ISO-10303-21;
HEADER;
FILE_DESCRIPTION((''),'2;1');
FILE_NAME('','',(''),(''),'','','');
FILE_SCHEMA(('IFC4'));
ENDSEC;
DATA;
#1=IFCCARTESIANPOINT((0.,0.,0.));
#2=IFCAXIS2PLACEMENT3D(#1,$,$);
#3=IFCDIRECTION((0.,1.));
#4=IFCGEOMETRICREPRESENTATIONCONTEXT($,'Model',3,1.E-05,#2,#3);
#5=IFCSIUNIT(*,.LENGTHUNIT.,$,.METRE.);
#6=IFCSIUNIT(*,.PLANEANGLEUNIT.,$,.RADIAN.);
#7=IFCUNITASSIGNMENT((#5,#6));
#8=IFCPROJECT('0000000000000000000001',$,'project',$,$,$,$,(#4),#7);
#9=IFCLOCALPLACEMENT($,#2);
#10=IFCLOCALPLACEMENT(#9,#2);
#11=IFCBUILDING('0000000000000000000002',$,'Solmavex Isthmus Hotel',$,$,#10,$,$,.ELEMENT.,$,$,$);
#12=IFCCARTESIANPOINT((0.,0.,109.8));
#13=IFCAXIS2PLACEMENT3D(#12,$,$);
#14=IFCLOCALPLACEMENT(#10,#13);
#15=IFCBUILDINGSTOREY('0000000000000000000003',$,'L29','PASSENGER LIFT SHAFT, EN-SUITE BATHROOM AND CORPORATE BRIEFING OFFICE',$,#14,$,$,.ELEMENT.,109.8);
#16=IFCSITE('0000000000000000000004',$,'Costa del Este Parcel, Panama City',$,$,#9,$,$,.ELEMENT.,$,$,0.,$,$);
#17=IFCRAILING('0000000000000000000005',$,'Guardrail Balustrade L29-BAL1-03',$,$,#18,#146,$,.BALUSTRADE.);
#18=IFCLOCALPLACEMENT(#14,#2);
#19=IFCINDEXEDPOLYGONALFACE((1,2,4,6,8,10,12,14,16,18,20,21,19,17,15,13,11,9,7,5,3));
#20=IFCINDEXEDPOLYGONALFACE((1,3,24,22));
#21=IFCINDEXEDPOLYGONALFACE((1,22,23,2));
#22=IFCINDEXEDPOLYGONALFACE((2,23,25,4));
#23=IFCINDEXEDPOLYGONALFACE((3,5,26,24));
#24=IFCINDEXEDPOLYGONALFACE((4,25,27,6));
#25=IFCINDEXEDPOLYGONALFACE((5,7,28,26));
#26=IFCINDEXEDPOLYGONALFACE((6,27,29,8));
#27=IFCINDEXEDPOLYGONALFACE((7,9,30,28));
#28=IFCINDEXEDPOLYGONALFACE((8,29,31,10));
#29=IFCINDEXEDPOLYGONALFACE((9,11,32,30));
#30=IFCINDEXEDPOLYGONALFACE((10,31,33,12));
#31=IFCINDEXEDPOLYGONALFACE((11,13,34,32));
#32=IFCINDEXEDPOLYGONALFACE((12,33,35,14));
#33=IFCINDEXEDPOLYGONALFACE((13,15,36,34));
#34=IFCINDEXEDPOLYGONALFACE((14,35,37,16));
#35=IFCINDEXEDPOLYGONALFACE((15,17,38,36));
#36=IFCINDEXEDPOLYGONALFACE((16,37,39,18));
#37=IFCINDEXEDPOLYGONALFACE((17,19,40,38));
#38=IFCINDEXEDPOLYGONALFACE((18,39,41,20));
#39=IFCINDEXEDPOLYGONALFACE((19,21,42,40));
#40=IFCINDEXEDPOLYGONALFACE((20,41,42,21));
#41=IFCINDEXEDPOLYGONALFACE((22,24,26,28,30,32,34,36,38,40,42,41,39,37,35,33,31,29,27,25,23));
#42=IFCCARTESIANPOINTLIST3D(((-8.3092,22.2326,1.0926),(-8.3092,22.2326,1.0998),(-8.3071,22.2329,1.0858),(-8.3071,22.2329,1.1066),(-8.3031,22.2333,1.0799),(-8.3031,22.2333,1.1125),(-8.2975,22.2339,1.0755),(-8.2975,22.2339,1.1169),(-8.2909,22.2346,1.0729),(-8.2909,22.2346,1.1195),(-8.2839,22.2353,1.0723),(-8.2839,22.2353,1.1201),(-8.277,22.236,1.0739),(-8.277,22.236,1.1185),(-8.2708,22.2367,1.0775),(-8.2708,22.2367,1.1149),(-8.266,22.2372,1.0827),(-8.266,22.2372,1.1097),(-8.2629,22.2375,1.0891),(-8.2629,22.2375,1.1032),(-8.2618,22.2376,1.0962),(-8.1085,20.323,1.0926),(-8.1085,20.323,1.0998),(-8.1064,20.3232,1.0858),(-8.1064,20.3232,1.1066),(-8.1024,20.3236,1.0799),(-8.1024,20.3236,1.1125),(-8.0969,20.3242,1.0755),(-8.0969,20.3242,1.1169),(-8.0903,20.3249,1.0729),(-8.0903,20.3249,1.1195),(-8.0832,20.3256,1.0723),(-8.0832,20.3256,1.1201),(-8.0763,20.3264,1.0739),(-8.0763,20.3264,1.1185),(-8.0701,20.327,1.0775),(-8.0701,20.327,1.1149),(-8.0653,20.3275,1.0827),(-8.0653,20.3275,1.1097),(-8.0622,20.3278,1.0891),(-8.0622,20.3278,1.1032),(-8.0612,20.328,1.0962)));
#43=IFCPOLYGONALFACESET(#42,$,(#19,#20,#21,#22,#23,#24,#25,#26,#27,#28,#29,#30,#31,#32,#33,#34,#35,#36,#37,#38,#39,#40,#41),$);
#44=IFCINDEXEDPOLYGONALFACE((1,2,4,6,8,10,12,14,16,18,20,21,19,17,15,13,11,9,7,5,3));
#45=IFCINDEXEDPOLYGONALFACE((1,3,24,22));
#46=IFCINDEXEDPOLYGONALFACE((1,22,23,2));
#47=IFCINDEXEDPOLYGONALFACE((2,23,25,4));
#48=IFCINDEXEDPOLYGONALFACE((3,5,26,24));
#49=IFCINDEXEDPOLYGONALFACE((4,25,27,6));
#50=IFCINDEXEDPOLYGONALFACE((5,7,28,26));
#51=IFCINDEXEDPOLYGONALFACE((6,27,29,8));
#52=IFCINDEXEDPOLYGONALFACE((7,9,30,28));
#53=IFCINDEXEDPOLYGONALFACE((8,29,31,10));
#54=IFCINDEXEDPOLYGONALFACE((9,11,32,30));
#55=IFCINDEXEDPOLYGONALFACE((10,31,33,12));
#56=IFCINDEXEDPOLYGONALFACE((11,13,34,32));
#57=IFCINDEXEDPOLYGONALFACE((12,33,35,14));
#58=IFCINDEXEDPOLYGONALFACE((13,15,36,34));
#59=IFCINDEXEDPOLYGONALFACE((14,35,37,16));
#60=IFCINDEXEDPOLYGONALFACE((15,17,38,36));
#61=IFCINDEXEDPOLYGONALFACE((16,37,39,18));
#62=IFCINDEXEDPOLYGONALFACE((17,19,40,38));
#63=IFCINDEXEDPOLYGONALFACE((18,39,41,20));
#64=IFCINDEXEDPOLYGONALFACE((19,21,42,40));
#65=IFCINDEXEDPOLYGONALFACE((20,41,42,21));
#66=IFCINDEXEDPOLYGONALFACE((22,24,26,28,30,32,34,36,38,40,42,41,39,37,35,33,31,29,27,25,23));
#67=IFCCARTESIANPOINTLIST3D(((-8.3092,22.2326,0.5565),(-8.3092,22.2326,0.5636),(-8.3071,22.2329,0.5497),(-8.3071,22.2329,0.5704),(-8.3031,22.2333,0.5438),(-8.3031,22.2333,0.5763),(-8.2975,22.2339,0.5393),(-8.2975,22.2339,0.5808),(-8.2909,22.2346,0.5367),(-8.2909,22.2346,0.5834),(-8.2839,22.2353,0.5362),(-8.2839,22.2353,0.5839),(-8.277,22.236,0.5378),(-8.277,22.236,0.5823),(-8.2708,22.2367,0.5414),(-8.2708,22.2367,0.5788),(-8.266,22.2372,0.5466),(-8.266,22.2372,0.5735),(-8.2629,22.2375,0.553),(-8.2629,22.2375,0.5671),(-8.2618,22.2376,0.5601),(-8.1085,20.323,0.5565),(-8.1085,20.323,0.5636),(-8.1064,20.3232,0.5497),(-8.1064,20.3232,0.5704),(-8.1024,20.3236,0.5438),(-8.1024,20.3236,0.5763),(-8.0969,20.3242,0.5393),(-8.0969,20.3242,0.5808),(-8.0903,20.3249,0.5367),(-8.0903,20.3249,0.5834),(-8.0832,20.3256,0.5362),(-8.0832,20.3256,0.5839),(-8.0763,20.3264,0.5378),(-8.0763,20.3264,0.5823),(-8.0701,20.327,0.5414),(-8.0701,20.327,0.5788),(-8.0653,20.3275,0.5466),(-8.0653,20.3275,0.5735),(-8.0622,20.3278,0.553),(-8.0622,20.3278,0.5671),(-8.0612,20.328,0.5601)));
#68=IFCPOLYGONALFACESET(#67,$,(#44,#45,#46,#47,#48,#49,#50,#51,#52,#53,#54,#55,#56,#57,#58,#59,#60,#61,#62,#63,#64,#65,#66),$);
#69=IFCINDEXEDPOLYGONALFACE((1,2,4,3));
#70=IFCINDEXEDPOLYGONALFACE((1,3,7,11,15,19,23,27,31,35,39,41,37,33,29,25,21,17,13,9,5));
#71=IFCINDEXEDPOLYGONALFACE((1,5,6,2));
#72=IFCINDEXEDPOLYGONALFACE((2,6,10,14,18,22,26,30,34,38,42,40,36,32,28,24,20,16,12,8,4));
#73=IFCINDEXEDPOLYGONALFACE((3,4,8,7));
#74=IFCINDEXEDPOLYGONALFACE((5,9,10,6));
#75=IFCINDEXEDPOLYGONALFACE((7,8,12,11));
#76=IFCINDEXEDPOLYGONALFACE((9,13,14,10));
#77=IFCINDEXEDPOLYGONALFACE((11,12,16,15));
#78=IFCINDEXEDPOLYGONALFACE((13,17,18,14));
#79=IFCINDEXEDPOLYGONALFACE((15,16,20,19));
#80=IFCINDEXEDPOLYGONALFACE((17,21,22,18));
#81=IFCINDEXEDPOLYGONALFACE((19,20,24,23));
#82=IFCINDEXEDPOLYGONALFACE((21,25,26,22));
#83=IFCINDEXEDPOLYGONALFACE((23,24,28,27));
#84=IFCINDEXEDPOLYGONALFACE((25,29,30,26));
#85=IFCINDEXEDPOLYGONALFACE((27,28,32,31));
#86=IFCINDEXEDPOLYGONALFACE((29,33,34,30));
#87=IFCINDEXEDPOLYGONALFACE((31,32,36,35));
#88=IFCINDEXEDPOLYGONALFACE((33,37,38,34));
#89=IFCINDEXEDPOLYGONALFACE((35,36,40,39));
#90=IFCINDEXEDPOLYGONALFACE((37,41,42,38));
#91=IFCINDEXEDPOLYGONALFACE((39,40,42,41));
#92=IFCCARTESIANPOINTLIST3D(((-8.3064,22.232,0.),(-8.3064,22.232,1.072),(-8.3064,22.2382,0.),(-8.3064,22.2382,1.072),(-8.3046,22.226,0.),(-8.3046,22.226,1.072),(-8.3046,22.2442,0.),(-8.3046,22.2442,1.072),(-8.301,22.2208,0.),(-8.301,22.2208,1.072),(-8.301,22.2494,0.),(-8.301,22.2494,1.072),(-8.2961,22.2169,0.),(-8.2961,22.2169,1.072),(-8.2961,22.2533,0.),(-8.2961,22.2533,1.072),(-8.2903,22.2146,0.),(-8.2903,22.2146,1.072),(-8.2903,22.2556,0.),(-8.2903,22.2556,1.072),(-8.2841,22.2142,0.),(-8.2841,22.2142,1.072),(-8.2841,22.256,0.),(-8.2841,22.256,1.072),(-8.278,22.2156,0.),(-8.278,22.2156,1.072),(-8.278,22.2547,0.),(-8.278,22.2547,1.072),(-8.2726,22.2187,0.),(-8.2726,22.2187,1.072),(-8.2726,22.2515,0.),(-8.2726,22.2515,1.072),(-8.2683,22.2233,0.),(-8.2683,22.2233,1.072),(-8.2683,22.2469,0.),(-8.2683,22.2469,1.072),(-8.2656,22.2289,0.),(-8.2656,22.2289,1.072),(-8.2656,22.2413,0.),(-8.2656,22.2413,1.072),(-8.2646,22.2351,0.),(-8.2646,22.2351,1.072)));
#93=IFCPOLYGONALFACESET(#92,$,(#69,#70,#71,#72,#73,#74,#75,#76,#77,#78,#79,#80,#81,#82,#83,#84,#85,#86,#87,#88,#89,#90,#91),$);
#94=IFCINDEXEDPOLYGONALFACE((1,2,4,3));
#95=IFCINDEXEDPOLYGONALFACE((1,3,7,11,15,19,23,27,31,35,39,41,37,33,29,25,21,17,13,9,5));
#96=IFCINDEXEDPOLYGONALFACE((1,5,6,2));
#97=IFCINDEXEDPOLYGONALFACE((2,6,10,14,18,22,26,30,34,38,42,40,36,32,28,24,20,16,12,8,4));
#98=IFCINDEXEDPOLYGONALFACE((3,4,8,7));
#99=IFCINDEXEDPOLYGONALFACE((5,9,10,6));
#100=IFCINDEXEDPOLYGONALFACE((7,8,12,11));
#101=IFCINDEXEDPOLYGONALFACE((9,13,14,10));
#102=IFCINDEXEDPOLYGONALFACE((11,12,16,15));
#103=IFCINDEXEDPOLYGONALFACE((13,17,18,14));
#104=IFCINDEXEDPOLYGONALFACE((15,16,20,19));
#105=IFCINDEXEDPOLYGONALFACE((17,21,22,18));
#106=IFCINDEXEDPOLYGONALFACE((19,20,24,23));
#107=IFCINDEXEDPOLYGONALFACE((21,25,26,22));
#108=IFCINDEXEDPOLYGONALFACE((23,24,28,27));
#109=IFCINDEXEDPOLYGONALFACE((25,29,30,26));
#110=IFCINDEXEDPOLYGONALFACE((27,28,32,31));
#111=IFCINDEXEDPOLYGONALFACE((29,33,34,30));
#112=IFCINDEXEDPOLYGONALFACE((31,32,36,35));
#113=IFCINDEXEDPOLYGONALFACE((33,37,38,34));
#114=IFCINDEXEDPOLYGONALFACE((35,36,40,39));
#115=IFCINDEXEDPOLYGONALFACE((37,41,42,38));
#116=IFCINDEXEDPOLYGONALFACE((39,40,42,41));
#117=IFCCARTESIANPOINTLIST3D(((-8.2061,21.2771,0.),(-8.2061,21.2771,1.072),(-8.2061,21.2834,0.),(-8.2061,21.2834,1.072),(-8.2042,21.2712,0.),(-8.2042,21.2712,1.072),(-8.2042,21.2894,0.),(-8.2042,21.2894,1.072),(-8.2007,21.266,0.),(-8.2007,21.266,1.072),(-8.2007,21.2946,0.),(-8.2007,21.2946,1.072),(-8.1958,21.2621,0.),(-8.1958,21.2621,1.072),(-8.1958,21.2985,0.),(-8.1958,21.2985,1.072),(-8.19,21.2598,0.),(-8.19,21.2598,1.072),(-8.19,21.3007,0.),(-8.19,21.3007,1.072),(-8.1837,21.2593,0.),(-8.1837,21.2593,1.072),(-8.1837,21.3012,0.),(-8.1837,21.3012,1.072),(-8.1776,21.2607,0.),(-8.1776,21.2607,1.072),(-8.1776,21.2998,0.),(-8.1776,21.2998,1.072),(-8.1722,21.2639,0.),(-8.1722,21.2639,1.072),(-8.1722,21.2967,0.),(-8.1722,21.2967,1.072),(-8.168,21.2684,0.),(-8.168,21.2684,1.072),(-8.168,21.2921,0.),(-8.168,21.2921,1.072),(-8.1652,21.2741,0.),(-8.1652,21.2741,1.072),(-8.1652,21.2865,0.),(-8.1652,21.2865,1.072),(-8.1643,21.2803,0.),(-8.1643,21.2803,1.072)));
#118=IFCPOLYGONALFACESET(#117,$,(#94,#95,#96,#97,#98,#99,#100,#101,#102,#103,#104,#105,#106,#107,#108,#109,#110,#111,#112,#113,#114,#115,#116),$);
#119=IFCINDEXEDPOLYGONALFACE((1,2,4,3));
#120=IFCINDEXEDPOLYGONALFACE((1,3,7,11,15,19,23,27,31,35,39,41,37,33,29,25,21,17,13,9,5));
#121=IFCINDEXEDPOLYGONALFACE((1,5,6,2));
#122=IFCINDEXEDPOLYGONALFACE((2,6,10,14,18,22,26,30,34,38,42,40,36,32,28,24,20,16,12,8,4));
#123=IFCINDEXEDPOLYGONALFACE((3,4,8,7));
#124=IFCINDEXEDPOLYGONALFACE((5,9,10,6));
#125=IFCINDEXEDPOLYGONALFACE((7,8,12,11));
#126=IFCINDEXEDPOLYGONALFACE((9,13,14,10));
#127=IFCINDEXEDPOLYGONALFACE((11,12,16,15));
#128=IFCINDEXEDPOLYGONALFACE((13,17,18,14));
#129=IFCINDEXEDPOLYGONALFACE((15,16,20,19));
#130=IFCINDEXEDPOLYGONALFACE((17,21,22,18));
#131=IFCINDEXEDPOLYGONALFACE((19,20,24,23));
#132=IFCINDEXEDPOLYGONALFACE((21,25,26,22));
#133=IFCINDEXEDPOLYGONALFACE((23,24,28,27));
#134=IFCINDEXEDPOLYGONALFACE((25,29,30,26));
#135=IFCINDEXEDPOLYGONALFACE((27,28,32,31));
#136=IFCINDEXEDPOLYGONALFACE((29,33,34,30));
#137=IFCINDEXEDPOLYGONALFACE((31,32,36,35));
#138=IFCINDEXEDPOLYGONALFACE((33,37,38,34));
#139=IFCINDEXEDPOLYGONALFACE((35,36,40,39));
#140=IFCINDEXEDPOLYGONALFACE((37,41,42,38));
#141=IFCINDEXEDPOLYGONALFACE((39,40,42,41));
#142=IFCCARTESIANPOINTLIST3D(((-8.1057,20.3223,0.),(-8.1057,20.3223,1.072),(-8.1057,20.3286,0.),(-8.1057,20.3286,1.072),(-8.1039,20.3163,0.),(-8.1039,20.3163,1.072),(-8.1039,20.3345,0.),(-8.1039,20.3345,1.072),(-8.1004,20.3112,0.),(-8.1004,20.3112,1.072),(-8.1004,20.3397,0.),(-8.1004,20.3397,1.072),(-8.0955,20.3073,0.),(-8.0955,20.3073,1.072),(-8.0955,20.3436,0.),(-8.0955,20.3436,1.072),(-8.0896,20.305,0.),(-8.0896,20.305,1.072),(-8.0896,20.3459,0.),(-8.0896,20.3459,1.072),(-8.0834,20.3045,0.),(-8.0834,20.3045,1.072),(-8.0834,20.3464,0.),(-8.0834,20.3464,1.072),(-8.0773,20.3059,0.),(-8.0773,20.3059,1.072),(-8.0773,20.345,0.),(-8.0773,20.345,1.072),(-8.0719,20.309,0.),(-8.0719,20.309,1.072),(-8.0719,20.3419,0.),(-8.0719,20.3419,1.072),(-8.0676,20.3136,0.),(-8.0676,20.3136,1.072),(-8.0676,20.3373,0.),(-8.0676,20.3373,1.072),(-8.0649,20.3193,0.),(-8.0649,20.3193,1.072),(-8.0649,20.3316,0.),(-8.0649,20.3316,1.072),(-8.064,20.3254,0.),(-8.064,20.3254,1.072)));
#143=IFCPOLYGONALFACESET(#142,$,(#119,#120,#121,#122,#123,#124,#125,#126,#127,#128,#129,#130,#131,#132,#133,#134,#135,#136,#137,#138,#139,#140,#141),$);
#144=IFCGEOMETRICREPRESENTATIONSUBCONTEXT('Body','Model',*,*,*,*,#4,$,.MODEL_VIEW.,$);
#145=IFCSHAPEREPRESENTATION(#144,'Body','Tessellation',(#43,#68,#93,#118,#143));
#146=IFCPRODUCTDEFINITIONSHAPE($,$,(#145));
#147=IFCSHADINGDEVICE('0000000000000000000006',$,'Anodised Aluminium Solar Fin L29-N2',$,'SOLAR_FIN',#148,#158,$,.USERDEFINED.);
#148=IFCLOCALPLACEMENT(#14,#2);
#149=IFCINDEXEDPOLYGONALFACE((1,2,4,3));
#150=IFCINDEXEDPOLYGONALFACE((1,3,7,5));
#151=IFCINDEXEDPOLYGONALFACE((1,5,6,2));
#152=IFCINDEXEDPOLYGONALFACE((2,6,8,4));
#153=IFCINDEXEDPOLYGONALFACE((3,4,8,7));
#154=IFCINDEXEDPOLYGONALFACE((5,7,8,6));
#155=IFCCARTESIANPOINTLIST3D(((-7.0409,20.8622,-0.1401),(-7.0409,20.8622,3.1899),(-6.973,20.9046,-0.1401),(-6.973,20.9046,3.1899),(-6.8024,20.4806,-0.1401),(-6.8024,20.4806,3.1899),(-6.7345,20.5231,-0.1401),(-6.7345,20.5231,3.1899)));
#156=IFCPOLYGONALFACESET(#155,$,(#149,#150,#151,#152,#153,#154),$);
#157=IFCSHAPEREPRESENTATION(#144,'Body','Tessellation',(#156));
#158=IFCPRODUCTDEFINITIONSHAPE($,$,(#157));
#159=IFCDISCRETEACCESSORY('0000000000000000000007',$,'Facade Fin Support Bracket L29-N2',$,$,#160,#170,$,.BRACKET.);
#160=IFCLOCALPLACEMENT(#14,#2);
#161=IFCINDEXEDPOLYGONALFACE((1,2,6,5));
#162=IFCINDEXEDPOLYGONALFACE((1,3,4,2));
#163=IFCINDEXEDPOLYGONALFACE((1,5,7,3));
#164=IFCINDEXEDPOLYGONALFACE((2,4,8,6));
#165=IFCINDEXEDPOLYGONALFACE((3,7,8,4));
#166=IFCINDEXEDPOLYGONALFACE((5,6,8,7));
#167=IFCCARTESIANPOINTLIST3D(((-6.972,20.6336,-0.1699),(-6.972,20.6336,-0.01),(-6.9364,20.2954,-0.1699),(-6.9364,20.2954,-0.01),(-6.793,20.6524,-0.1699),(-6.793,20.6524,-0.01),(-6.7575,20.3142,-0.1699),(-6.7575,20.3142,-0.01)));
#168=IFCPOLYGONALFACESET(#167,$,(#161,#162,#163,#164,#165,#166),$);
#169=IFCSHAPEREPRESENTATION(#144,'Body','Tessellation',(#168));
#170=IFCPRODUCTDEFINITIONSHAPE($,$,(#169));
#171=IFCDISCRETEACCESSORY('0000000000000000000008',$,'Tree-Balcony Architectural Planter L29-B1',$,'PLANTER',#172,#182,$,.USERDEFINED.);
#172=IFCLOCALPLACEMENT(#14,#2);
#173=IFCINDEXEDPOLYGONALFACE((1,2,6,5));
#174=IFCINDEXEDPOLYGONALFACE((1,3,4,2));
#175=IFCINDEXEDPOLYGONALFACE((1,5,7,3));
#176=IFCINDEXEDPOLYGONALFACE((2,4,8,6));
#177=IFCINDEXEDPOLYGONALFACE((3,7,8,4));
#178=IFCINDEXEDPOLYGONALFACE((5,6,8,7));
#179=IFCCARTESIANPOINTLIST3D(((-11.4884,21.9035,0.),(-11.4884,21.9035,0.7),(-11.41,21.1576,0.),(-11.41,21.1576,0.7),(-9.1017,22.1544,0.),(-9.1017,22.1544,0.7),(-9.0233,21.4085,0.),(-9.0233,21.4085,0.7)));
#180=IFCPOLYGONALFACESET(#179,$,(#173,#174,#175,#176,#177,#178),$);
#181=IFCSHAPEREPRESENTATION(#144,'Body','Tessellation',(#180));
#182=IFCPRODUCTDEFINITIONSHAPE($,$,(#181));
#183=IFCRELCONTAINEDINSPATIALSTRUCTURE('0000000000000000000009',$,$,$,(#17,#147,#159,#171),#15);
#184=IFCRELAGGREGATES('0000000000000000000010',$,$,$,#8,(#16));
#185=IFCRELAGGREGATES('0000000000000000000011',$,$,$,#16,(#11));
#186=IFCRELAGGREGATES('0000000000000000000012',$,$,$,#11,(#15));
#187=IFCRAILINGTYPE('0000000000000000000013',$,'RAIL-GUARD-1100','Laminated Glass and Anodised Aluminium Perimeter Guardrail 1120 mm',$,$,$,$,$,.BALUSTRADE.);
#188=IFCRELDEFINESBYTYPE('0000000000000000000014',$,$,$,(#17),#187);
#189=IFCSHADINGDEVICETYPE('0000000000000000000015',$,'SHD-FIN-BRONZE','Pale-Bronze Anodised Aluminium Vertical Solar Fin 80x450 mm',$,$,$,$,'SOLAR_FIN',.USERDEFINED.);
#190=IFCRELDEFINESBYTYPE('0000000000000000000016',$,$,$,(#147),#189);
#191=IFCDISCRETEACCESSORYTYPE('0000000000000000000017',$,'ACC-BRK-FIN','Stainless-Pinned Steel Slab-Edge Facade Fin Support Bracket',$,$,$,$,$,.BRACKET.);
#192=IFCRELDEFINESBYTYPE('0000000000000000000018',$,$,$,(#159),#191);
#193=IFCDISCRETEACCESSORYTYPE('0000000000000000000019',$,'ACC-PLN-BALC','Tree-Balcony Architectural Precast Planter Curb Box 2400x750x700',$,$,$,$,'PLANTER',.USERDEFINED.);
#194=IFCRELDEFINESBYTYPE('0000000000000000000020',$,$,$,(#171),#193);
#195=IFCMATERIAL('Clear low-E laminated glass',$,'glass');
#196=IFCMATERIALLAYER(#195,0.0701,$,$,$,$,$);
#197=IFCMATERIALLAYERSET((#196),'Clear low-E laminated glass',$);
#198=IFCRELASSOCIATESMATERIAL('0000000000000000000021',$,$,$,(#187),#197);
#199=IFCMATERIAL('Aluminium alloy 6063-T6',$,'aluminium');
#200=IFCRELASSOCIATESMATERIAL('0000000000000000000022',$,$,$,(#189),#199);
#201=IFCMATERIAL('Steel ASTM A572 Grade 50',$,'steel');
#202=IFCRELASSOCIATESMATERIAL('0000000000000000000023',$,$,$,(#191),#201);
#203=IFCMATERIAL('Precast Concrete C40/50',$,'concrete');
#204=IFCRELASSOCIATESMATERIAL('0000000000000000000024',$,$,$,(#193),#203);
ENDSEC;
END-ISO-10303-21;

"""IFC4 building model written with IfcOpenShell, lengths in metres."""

from ifc_helpers import new_model, si_unit, direction, frame, origin, origin_2d, place, context, subcontext, project, spatial, rectangle, circle, extrude, material, layer, layer_set, type_object, element, save


model = new_model("IFC4")

# Units and contexts
model_context = context("Model", 3, precision=1e-05, world=origin(), true_north=direction((0.0, 1.0)))
body_context = subcontext(model_context, "Body", "Model", "MODEL_VIEW")
ifc_project = project(units=[si_unit("LENGTHUNIT", "METRE"), si_unit("PLANEANGLEUNIT", "RADIAN")], contexts=[model_context])

# Site, building, storey
site_placement = place(None, origin())
site = spatial("IfcSite", under=ifc_project, at=site_placement, Name="Costa del Este Parcel, Panama City", CompositionType="ELEMENT", RefElevation=0.0)
building_placement = place(site_placement, origin())
building = spatial("IfcBuilding", under=site, at=building_placement, Name="Solmavex Isthmus Hotel", CompositionType="ELEMENT")
storey_placement = place(building_placement, frame((0.0, 0.0, 109.8)))
storey = spatial("IfcBuildingStorey", under=building, at=storey_placement, Name="L29", Description="PASSENGER LIFT SHAFT, EN-SUITE BATHROOM AND CORPORATE BRIEFING OFFICE", CompositionType="ELEMENT", Elevation=109.8)

# Shared definitions
ifc_material_1 = material(Name="Aluminium alloy 6063-T6", Category="aluminium")

# Shared definitions
ifc_material_2 = material(Name="Clear low-E laminated glass", Category="glass")

# Shared definitions
ifc_material_3 = material(Name="Precast Concrete C40/50", Category="concrete")

# Railing
ifc_layer_1 = layer(ifc_material_2, 0.0701)
ifc_layer_set_1 = layer_set([ifc_layer_1], Name="Clear low-E laminated glass")
railing_type = type_object("IfcRailingType", Name="RAIL-GUARD-1100", Description="Laminated Glass and Anodised Aluminium Perimeter Guardrail 1120 mm", PredefinedType="BALUSTRADE", material=ifc_layer_set_1)
railing_1_placement = place(storey_placement, frame((-8.2856, 22.2351, 0.0)))
element("IfcRailing", 1, at=railing_1_placement, inside=storey, type_object=railing_type, Name="Guardrail Balustrade L29-BAL1-03", PredefinedType="BALUSTRADE", context=body_context, shape_type="SweptSolid", body=[
    extrude(circle(Radius=0.0239, at=origin_2d()), frame((0.0, 0.0, 1.0962), z_axis=(0.104513, -0.994524, 0.0), x_axis=(0.994524, 0.104513, 0.0)), (0.0, 0.0, 1.0), 1.9202),
    extrude(circle(Radius=0.0239, at=origin_2d()), frame((0.0, 0.0, 0.5601), z_axis=(0.104513, -0.994524, 0.0), x_axis=(0.994524, 0.104513, 0.0)), (0.0, 0.0, 1.0), 1.9202),
    extrude(circle(Radius=0.021, at=origin_2d()), origin(), (0.0, 0.0, 1.0), 1.072),
    extrude(circle(Radius=0.021, at=origin_2d()), frame((0.1003, -0.9548, 0.0)), (0.0, 0.0, 1.0), 1.072),
    extrude(circle(Radius=0.021, at=origin_2d()), frame((0.2007, -1.9097, 0.0)), (0.0, 0.0, 1.0), 1.072),
])

# Shading device
shading_device_type = type_object("IfcShadingDeviceType", Name="SHD-FIN-BRONZE", Description="Pale-Bronze Anodised Aluminium Vertical Solar Fin 80x450 mm", ElementType="SOLAR_FIN", PredefinedType="USERDEFINED", material=ifc_material_1)
shading_device_placement = place(storey_placement, frame((-6.8877, 20.6926, -0.1401), z_axis=(0.0, 0.0, 1.0), x_axis=(-0.529919, 0.848048, 0.0)))
element("IfcShadingDevice", 2, at=shading_device_placement, inside=storey, type_object=shading_device_type, Name="Anodised Aluminium Solar Fin L29-N2", ObjectType="SOLAR_FIN", PredefinedType="USERDEFINED", context=body_context, shape_type="SweptSolid", body=[
    extrude(rectangle(XDim=0.45, YDim=0.0801, at=origin_2d()), origin(), (0.0, 0.0, 1.0), 3.3301),
])

# Discrete accessories
ifc_material_4 = material(Name="Steel ASTM A572 Grade 50", Category="steel")
discrete_accessory_type_1 = type_object("IfcDiscreteAccessoryType", Name="ACC-BRK-FIN", Description="Stainless-Pinned Steel Slab-Edge Facade Fin Support Bracket", PredefinedType="BRACKET", material=ifc_material_4)
discrete_accessory_1_placement = place(storey_placement, frame((-6.8647, 20.4739, -0.1699), z_axis=(0.0, 0.0, 1.0), x_axis=(-0.104528, 0.994522, 0.0)))
element("IfcDiscreteAccessory", 3, at=discrete_accessory_1_placement, inside=storey, type_object=discrete_accessory_type_1, Name="Facade Fin Support Bracket L29-N2", PredefinedType="BRACKET", context=body_context, shape_type="SweptSolid", body=[
    extrude(rectangle(XDim=0.3401, YDim=0.1799, at=origin_2d()), origin(), (0.0, 0.0, 1.0), 0.1599),
])
discrete_accessory_type_2 = type_object("IfcDiscreteAccessoryType", Name="ACC-PLN-BALC", Description="Tree-Balcony Architectural Precast Planter Curb Box 2400x750x700", ElementType="PLANTER", PredefinedType="USERDEFINED", material=ifc_material_3)
discrete_accessory_2_placement = place(storey_placement, frame((-10.2559, 21.656, 0.0), z_axis=(0.0, 0.0, 1.0), x_axis=(0.994522, 0.104528, 0.0)))
element("IfcDiscreteAccessory", 4, at=discrete_accessory_2_placement, inside=storey, type_object=discrete_accessory_type_2, Name="Tree-Balcony Architectural Planter L29-B1", ObjectType="PLANTER", PredefinedType="USERDEFINED", context=body_context, shape_type="SweptSolid", body=[
    extrude(rectangle(XDim=2.3999, YDim=0.75, at=origin_2d()), origin(), (0.0, 0.0, 1.0), 0.7),
])

save(model, "model.ifc")
